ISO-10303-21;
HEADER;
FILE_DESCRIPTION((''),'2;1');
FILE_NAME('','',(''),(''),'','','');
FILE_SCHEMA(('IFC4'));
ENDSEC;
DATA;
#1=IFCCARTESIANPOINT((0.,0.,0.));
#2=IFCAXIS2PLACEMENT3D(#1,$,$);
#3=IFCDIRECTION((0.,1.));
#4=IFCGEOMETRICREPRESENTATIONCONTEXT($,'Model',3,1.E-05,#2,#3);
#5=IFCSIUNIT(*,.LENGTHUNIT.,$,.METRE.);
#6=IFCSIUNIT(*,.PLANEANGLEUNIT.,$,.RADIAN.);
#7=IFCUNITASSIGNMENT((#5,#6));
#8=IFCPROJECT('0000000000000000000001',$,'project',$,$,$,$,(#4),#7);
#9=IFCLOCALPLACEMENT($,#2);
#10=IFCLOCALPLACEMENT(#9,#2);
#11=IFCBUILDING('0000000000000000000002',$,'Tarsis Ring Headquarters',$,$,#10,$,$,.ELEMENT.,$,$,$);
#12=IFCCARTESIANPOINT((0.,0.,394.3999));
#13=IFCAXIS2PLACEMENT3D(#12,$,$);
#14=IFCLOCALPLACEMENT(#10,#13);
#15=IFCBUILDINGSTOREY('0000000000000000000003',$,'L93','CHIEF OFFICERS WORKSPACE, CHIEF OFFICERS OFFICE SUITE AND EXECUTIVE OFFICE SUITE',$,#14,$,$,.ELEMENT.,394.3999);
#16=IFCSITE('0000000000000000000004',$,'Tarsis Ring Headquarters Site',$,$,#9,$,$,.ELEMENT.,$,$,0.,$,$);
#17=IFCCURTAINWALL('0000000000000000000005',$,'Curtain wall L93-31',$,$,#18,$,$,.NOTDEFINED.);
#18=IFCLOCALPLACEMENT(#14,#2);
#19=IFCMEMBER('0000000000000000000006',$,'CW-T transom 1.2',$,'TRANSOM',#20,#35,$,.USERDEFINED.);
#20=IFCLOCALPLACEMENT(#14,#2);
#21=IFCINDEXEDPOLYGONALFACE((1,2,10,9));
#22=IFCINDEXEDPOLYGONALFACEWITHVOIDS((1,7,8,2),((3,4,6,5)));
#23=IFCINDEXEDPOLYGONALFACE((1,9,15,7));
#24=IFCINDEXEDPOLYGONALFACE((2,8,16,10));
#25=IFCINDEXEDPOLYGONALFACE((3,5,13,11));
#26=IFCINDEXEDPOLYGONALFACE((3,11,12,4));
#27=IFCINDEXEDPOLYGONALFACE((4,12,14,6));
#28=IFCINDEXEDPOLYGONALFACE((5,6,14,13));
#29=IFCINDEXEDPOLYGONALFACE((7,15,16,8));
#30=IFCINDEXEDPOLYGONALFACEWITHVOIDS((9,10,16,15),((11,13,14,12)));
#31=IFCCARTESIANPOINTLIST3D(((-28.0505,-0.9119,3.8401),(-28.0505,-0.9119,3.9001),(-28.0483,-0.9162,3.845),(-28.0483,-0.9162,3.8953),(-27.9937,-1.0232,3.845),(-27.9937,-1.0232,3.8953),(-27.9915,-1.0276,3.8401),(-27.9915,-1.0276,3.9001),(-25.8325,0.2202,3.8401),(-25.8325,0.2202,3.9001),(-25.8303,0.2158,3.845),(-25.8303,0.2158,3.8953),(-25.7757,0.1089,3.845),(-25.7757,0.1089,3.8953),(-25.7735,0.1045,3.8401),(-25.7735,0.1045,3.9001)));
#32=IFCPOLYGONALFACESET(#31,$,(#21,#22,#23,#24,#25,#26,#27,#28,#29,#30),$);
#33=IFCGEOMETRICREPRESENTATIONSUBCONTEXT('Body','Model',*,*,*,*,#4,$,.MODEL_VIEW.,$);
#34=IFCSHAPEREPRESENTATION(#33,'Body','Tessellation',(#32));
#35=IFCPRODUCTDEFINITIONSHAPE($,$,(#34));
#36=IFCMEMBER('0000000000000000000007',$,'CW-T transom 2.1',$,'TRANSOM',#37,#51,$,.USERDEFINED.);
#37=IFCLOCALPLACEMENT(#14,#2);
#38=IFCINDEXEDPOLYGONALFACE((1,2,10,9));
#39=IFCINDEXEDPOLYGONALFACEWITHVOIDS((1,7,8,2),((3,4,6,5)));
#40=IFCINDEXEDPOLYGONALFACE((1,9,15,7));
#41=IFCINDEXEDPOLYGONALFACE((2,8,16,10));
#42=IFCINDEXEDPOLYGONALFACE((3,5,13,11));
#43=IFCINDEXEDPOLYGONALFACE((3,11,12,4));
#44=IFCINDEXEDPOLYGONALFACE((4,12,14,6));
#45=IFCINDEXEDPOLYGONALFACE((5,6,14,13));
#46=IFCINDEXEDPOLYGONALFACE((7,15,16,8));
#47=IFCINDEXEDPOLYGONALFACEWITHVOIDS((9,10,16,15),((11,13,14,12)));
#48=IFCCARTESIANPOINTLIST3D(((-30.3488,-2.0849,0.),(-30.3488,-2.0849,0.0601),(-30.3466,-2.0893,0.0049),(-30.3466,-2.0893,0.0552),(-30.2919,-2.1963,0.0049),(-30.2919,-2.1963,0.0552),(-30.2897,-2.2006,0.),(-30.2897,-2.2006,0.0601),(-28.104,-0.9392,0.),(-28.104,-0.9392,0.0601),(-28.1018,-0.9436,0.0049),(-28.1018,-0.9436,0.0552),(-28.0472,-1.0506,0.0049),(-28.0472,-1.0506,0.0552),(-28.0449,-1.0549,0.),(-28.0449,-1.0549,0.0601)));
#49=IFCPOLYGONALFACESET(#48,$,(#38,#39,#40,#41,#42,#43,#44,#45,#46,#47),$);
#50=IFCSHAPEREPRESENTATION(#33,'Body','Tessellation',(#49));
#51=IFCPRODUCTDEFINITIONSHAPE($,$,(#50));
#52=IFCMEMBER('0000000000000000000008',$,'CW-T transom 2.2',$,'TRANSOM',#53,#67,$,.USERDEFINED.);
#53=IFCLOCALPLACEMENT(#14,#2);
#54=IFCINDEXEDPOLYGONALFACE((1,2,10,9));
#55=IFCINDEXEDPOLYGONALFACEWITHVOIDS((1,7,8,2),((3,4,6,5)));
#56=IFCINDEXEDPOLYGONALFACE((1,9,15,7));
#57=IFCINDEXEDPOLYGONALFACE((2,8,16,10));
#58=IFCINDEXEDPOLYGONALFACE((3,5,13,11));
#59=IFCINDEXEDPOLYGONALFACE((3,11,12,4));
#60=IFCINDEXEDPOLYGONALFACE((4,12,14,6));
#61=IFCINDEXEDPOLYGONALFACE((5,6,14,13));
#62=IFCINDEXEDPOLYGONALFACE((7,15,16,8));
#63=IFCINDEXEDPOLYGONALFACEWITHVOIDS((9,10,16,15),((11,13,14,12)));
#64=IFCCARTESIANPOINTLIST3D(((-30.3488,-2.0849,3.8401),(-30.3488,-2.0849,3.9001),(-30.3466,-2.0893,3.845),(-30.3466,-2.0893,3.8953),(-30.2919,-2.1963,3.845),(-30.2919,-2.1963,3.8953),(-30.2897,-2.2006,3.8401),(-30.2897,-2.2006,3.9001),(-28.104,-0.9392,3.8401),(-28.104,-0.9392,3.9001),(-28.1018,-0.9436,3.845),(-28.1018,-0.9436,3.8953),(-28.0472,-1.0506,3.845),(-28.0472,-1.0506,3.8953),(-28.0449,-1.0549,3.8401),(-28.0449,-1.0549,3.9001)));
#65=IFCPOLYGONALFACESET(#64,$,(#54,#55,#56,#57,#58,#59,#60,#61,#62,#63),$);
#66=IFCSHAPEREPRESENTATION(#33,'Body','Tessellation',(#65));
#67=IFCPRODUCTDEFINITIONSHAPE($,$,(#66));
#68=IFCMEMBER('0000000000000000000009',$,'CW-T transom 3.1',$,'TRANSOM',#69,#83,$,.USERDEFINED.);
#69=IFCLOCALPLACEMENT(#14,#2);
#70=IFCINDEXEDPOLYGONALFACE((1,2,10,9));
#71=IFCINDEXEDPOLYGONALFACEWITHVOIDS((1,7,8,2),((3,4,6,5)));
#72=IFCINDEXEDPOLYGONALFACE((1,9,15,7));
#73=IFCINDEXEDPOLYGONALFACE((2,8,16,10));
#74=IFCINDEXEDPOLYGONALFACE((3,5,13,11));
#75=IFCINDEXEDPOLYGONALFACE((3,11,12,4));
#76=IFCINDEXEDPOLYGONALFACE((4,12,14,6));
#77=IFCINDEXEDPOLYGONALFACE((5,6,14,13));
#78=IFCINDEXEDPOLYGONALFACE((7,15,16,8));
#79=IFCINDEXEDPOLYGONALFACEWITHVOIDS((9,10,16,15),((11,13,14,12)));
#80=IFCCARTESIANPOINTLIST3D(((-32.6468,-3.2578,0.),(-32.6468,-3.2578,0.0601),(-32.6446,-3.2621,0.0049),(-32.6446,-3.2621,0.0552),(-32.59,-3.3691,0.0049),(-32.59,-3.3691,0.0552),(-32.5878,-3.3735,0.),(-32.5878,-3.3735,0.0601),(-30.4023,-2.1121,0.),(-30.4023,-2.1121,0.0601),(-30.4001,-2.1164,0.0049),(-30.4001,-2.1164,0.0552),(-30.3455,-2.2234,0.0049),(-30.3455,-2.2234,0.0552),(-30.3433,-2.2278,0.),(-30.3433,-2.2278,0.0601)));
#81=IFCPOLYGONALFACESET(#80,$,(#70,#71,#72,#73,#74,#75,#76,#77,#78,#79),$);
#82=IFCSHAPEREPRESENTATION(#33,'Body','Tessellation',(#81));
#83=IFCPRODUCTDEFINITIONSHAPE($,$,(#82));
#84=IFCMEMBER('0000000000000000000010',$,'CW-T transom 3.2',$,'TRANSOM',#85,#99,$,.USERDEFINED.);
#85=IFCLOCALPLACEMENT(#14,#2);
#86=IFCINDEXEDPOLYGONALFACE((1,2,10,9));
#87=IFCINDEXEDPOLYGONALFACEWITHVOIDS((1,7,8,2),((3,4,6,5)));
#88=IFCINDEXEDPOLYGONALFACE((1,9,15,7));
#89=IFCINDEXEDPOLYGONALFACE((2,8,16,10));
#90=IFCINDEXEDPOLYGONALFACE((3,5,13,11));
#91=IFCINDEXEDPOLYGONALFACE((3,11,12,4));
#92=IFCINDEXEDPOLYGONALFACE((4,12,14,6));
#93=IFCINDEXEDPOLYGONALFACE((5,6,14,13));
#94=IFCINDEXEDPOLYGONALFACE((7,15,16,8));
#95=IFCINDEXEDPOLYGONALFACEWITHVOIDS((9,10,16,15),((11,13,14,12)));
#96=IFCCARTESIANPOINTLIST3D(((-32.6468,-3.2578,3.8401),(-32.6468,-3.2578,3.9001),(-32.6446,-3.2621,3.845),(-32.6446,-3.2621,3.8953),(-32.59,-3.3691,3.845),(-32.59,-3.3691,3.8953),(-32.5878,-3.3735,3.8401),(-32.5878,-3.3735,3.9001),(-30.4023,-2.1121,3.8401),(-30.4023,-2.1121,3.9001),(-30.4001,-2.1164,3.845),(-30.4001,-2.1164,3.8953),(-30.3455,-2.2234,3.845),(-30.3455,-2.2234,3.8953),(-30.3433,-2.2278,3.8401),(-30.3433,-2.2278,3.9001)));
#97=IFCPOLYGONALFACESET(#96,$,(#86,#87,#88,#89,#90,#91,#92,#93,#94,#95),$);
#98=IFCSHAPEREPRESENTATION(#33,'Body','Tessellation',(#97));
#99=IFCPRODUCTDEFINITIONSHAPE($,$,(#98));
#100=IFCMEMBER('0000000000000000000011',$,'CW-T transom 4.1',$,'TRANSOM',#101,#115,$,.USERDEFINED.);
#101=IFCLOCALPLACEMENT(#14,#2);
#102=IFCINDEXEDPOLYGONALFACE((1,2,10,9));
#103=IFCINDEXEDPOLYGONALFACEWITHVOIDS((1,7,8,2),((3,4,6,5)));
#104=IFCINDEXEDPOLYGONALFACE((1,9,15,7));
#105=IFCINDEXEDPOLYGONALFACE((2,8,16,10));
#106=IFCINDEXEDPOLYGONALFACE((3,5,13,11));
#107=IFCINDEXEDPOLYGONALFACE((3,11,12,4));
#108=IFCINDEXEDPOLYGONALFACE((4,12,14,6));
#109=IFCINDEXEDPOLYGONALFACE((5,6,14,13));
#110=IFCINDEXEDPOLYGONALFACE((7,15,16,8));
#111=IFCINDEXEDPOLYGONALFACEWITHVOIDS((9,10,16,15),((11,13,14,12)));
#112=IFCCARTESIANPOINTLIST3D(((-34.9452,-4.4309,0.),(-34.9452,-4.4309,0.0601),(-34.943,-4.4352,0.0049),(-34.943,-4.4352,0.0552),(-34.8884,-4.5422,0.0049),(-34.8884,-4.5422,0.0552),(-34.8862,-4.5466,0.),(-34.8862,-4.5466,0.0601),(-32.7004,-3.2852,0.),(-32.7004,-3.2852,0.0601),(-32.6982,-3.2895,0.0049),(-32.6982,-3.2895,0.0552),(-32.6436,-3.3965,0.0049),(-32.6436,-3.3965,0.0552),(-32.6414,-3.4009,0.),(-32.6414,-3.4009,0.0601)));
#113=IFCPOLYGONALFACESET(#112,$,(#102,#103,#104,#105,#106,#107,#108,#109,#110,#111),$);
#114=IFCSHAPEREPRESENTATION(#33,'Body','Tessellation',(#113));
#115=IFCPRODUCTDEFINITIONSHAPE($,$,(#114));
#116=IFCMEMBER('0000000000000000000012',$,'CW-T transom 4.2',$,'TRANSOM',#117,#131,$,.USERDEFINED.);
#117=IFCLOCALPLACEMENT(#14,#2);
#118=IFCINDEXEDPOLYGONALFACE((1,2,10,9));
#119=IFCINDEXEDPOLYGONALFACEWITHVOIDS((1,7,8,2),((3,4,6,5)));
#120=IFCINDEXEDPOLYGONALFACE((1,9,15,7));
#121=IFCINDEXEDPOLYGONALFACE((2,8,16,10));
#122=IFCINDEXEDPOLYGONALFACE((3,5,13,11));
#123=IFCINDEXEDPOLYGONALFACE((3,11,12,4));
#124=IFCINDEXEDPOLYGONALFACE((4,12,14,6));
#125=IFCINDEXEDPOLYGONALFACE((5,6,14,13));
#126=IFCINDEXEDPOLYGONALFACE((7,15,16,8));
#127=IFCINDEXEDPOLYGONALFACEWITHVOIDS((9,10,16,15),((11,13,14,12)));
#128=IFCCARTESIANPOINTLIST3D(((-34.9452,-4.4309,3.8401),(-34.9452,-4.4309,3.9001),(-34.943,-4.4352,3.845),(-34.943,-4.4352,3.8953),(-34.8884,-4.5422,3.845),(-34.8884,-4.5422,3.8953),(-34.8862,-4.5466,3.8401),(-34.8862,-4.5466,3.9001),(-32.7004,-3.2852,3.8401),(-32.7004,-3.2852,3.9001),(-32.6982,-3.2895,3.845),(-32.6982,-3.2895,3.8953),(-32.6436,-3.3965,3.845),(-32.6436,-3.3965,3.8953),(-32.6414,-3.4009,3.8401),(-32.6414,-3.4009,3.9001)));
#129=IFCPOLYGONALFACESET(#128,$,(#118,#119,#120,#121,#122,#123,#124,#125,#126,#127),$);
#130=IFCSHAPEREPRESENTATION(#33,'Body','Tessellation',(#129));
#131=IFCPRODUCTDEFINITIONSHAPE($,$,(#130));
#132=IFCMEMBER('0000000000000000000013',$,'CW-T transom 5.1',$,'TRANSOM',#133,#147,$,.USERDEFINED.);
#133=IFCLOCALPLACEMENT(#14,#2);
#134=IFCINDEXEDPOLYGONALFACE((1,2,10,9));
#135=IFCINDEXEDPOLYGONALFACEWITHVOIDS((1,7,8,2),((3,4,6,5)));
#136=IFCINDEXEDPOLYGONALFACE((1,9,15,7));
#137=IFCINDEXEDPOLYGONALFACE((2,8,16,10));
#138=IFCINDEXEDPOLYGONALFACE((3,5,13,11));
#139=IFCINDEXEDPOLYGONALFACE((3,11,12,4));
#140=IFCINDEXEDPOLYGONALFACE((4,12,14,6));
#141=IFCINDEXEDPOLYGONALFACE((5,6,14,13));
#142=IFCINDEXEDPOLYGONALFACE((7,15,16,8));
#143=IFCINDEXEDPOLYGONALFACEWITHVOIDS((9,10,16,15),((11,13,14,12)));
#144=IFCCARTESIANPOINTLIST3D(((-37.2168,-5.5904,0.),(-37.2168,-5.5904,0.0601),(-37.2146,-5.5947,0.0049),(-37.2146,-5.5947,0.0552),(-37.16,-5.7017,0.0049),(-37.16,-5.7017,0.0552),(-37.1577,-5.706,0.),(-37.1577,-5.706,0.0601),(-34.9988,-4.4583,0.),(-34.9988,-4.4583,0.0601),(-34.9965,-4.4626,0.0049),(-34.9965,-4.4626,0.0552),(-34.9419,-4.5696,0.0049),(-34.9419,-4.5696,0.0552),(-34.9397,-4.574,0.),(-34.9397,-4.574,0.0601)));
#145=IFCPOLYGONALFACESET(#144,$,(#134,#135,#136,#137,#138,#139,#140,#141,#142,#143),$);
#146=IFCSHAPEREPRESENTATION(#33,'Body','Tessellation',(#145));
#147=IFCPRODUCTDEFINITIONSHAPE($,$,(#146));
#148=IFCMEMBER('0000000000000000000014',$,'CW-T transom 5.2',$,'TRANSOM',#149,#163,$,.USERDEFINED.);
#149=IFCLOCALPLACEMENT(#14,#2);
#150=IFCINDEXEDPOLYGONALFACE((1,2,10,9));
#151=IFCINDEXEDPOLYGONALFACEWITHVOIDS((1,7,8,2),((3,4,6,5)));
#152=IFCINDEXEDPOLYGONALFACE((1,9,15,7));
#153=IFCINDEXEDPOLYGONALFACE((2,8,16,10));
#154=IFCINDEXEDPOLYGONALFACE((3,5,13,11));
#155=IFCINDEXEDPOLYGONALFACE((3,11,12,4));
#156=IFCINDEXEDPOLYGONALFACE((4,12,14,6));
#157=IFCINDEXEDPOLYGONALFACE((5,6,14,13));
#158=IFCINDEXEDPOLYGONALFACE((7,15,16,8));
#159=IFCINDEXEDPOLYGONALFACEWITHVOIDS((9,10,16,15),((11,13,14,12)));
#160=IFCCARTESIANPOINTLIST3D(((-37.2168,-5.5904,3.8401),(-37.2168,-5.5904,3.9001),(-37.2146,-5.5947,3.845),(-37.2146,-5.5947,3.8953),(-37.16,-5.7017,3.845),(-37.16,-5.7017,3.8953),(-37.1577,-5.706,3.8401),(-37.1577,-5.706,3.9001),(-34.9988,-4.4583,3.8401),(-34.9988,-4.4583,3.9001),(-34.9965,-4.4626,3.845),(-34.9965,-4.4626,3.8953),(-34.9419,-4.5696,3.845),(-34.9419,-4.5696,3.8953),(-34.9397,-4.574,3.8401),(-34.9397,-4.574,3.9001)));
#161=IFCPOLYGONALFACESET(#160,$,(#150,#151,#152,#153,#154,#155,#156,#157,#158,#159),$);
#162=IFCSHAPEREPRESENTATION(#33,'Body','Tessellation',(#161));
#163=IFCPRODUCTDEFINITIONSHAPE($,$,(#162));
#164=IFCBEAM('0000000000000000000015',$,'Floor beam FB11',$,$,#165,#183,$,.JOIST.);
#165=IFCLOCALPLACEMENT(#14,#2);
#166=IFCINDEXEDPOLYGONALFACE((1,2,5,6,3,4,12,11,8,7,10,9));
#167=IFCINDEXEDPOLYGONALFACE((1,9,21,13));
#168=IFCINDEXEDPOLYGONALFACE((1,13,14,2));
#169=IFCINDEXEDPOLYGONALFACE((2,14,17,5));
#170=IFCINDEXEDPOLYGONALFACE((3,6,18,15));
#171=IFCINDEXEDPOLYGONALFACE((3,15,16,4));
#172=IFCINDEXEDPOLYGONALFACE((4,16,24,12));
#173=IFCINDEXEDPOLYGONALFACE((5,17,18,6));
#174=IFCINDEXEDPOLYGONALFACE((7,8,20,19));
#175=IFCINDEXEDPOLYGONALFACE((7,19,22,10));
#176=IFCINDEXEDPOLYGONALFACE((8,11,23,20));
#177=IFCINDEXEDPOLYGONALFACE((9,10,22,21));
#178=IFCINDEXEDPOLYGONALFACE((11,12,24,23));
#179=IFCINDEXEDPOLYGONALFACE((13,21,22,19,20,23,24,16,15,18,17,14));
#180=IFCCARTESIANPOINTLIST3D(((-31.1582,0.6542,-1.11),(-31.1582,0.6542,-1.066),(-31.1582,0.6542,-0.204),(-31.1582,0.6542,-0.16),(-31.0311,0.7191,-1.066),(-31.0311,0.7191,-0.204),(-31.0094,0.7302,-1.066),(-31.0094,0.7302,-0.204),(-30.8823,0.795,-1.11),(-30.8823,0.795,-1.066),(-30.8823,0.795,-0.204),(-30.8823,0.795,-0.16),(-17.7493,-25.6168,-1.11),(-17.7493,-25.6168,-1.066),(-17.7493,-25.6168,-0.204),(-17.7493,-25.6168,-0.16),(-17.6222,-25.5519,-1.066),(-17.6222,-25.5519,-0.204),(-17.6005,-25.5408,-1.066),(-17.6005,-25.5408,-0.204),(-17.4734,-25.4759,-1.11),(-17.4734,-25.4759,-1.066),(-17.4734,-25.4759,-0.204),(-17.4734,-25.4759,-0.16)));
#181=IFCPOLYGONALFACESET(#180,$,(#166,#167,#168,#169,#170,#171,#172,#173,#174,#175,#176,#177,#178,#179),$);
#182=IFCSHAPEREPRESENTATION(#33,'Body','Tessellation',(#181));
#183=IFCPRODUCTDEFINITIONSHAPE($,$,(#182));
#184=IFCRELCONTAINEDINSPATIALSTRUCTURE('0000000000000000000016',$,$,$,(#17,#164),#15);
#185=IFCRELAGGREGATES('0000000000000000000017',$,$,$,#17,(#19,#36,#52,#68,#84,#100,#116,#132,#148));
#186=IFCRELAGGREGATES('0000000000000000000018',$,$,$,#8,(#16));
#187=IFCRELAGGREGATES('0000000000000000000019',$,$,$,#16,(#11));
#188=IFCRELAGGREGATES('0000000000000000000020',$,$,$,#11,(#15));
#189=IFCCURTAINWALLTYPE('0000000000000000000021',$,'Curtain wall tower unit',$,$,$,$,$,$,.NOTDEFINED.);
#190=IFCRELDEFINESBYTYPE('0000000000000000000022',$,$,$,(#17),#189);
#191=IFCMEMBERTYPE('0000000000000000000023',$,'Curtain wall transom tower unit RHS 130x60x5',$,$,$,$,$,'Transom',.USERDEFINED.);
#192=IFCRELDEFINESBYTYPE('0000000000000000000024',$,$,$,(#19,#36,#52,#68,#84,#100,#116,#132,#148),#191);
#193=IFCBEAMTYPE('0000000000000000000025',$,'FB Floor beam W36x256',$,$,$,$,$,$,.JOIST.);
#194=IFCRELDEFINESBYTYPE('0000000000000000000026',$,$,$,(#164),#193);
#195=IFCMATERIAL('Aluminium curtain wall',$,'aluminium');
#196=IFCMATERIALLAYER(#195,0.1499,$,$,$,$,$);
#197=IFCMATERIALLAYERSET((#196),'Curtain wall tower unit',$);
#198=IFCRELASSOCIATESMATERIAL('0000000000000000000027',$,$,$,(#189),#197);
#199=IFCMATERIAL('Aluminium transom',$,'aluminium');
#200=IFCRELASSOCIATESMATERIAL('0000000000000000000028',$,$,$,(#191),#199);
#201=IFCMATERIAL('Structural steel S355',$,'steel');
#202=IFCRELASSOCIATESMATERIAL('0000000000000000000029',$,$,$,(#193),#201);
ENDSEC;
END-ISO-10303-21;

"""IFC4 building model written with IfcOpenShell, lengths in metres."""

from ifc_helpers import new_model, si_unit, direction, frame, origin, origin_2d, place, context, subcontext, project, spatial, hollow_rectangle, i_section, extrude, material, layer, layer_set, material_profile, profile_set, type_object, element, aggregate, save


model = new_model("IFC4")

# Units and contexts
model_context = context("Model", 3, precision=1e-05, world=origin(), true_north=direction((0.0, 1.0)))
body_context = subcontext(model_context, "Body", "Model", "MODEL_VIEW")
ifc_project = project(units=[si_unit("LENGTHUNIT", "METRE"), si_unit("PLANEANGLEUNIT", "RADIAN")], contexts=[model_context])

# Site, building, storey
site_placement = place(None, origin())
site = spatial("IfcSite", under=ifc_project, at=site_placement, Name="Tarsis Ring Headquarters Site", CompositionType="ELEMENT", RefElevation=0.0)
building_placement = place(site_placement, origin())
building = spatial("IfcBuilding", under=site, at=building_placement, Name="Tarsis Ring Headquarters", CompositionType="ELEMENT")
storey_placement = place(building_placement, frame((0.0, 0.0, 394.3999)))
storey = spatial("IfcBuildingStorey", under=building, at=storey_placement, Name="L93", Description="CHIEF OFFICERS WORKSPACE, CHIEF OFFICERS OFFICE SUITE AND EXECUTIVE OFFICE SUITE", CompositionType="ELEMENT", Elevation=394.3999)

# Shared definitions
ifc_material_1 = material(Name="Structural steel S355", Category="steel")

# Curtain wall, members
ifc_material_2 = material(Name="Aluminium curtain wall", Category="aluminium")
ifc_layer_1 = layer(ifc_material_2, 0.1499)
ifc_layer_set_1 = layer_set([ifc_layer_1], Name="Curtain wall tower unit")
curtain_wall_type = type_object("IfcCurtainWallType", Name="Curtain wall tower unit", PredefinedType="NOTDEFINED", material=ifc_layer_set_1)
curtain_wall_placement = place(storey_placement, origin())
curtain_wall = element("IfcCurtainWall", 1, at=curtain_wall_placement, inside=storey, type_object=curtain_wall_type, Name="Curtain wall L93-31", PredefinedType="NOTDEFINED")
ifc_material_3 = material(Name="Aluminium transom", Category="aluminium")
ifc_material_profile_1 = material_profile(ifc_material_3, hollow_rectangle(XDim=0.1299, YDim=0.0601, WallThickness=0.0049, at=origin_2d()), Name="RHS 130x60x5")
ifc_profile_set_1 = profile_set([ifc_material_profile_1], Name="Aluminium transom")
member_type_1 = type_object("IfcMemberType", Name="Curtain wall transom tower unit RHS 130x60x5", ElementType="Transom", PredefinedType="USERDEFINED", material=ifc_profile_set_1)
member_1_placement = place(storey_placement, frame((-25.803, 0.1624, 3.8701), z_axis=(-0.890691, -0.45461, 0.0), x_axis=(0.45461, -0.890691, 0.0)))
member_1 = element("IfcMember", 2, at=member_1_placement, type_object=member_type_1, Name="CW-T transom 1.2", ObjectType="TRANSOM", PredefinedType="USERDEFINED", context=body_context, shape_type="SweptSolid", body=[
    extrude(hollow_rectangle(XDim=0.1299, YDim=0.0601, WallThickness=0.0049, at=origin_2d()), origin(), (0.0, 0.0, 1.0), 2.4902),
])
member_2_placement = place(storey_placement, frame((-28.0745, -0.9971, 0.03), z_axis=(-0.890696, -0.454599, 0.0), x_axis=(0.454599, -0.890696, 0.0)))
member_2 = element("IfcMember", 3, at=member_2_placement, type_object=member_type_1, Name="CW-T transom 2.1", ObjectType="TRANSOM", PredefinedType="USERDEFINED", context=body_context, shape_type="SweptSolid", body=[
    extrude(hollow_rectangle(XDim=0.1299, YDim=0.0601, WallThickness=0.0049, at=origin_2d()), origin(), (0.0, 0.0, 1.0), 2.5203),
])
member_3_placement = place(storey_placement, frame((-28.0745, -0.9971, 3.8701), z_axis=(-0.890696, -0.454599, 0.0), x_axis=(0.454599, -0.890696, 0.0)))
member_3 = element("IfcMember", 4, at=member_3_placement, type_object=member_type_1, Name="CW-T transom 2.2", ObjectType="TRANSOM", PredefinedType="USERDEFINED", context=body_context, shape_type="SweptSolid", body=[
    extrude(hollow_rectangle(XDim=0.1299, YDim=0.0601, WallThickness=0.0049, at=origin_2d()), origin(), (0.0, 0.0, 1.0), 2.5203),
])
member_4_placement = place(storey_placement, frame((-30.3728, -2.1699, 0.03), z_axis=(-0.890676, -0.454638, 0.0), x_axis=(0.454638, -0.890676, 0.0)))
member_4 = element("IfcMember", 5, at=member_4_placement, type_object=member_type_1, Name="CW-T transom 3.1", ObjectType="TRANSOM", PredefinedType="USERDEFINED", context=body_context, shape_type="SweptSolid", body=[
    extrude(hollow_rectangle(XDim=0.1299, YDim=0.0601, WallThickness=0.0049, at=origin_2d()), origin(), (0.0, 0.0, 1.0), 2.52),
])
member_5_placement = place(storey_placement, frame((-30.3728, -2.1699, 3.8701), z_axis=(-0.890676, -0.454638, 0.0), x_axis=(0.454638, -0.890676, 0.0)))
member_5 = element("IfcMember", 6, at=member_5_placement, type_object=member_type_1, Name="CW-T transom 3.2", ObjectType="TRANSOM", PredefinedType="USERDEFINED", context=body_context, shape_type="SweptSolid", body=[
    extrude(hollow_rectangle(XDim=0.1299, YDim=0.0601, WallThickness=0.0049, at=origin_2d()), origin(), (0.0, 0.0, 1.0), 2.52),
])
member_6_placement = place(storey_placement, frame((-32.6709, -3.343, 0.03), z_axis=(-0.890696, -0.454599, 0.0), x_axis=(0.454599, -0.890696, 0.0)))
member_6 = element("IfcMember", 7, at=member_6_placement, type_object=member_type_1, Name="CW-T transom 4.1", ObjectType="TRANSOM", PredefinedType="USERDEFINED", context=body_context, shape_type="SweptSolid", body=[
    extrude(hollow_rectangle(XDim=0.1299, YDim=0.0601, WallThickness=0.0049, at=origin_2d()), origin(), (0.0, 0.0, 1.0), 2.5203),
])
member_7_placement = place(storey_placement, frame((-32.6709, -3.343, 3.8701), z_axis=(-0.890696, -0.454599, 0.0), x_axis=(0.454599, -0.890696, 0.0)))
member_7 = element("IfcMember", 8, at=member_7_placement, type_object=member_type_1, Name="CW-T transom 4.2", ObjectType="TRANSOM", PredefinedType="USERDEFINED", context=body_context, shape_type="SweptSolid", body=[
    extrude(hollow_rectangle(XDim=0.1299, YDim=0.0601, WallThickness=0.0049, at=origin_2d()), origin(), (0.0, 0.0, 1.0), 2.5203),
])
member_8_placement = place(storey_placement, frame((-34.9692, -4.5161, 0.03), z_axis=(-0.890691, -0.45461, 0.0), x_axis=(0.45461, -0.890691, 0.0)))
member_8 = element("IfcMember", 9, at=member_8_placement, type_object=member_type_1, Name="CW-T transom 5.1", ObjectType="TRANSOM", PredefinedType="USERDEFINED", context=body_context, shape_type="SweptSolid", body=[
    extrude(hollow_rectangle(XDim=0.1299, YDim=0.0601, WallThickness=0.0049, at=origin_2d()), origin(), (0.0, 0.0, 1.0), 2.4902),
])
member_9_placement = place(storey_placement, frame((-34.9692, -4.5161, 3.8701), z_axis=(-0.890691, -0.45461, 0.0), x_axis=(0.45461, -0.890691, 0.0)))
member_9 = element("IfcMember", 10, at=member_9_placement, type_object=member_type_1, Name="CW-T transom 5.2", ObjectType="TRANSOM", PredefinedType="USERDEFINED", context=body_context, shape_type="SweptSolid", body=[
    extrude(hollow_rectangle(XDim=0.1299, YDim=0.0601, WallThickness=0.0049, at=origin_2d()), origin(), (0.0, 0.0, 1.0), 2.4902),
])

# Beam
ifc_material_profile_2 = material_profile(ifc_material_1, i_section(OverallWidth=0.3098, OverallDepth=0.95, WebThickness=0.0244, FlangeThickness=0.0439, at=origin_2d()), Name="W36x256")
ifc_profile_set_2 = profile_set([ifc_material_profile_2], Name="Structural steel S355")
beam_type_1 = type_object("IfcBeamType", Name="FB Floor beam W36x256", PredefinedType="JOIST", material=ifc_profile_set_2)
for number, where, z_axis, x_axis, name in (
    (11, (-31.0203, 0.7246, -0.635), (0.454615, -0.890688, 0.0), (0.890688, 0.454615, 0.0), "Floor beam FB11"),
):
    element("IfcBeam", number, at=place(storey_placement, frame(where, z_axis=z_axis, x_axis=x_axis)), inside=storey, type_object=beam_type_1, Name=name, PredefinedType="JOIST", context=body_context, shape_type="SweptSolid", body=[
        extrude(i_section(OverallWidth=0.3098, OverallDepth=0.95, WebThickness=0.0244, FlangeThickness=0.0439, at=origin_2d()), origin(), (0.0, 0.0, 1.0), 29.4951),
    ])

aggregate(curtain_wall, [member_1, member_2, member_3, member_4, member_5, member_6, member_7, member_8, member_9])

save(model, "model.ifc")
